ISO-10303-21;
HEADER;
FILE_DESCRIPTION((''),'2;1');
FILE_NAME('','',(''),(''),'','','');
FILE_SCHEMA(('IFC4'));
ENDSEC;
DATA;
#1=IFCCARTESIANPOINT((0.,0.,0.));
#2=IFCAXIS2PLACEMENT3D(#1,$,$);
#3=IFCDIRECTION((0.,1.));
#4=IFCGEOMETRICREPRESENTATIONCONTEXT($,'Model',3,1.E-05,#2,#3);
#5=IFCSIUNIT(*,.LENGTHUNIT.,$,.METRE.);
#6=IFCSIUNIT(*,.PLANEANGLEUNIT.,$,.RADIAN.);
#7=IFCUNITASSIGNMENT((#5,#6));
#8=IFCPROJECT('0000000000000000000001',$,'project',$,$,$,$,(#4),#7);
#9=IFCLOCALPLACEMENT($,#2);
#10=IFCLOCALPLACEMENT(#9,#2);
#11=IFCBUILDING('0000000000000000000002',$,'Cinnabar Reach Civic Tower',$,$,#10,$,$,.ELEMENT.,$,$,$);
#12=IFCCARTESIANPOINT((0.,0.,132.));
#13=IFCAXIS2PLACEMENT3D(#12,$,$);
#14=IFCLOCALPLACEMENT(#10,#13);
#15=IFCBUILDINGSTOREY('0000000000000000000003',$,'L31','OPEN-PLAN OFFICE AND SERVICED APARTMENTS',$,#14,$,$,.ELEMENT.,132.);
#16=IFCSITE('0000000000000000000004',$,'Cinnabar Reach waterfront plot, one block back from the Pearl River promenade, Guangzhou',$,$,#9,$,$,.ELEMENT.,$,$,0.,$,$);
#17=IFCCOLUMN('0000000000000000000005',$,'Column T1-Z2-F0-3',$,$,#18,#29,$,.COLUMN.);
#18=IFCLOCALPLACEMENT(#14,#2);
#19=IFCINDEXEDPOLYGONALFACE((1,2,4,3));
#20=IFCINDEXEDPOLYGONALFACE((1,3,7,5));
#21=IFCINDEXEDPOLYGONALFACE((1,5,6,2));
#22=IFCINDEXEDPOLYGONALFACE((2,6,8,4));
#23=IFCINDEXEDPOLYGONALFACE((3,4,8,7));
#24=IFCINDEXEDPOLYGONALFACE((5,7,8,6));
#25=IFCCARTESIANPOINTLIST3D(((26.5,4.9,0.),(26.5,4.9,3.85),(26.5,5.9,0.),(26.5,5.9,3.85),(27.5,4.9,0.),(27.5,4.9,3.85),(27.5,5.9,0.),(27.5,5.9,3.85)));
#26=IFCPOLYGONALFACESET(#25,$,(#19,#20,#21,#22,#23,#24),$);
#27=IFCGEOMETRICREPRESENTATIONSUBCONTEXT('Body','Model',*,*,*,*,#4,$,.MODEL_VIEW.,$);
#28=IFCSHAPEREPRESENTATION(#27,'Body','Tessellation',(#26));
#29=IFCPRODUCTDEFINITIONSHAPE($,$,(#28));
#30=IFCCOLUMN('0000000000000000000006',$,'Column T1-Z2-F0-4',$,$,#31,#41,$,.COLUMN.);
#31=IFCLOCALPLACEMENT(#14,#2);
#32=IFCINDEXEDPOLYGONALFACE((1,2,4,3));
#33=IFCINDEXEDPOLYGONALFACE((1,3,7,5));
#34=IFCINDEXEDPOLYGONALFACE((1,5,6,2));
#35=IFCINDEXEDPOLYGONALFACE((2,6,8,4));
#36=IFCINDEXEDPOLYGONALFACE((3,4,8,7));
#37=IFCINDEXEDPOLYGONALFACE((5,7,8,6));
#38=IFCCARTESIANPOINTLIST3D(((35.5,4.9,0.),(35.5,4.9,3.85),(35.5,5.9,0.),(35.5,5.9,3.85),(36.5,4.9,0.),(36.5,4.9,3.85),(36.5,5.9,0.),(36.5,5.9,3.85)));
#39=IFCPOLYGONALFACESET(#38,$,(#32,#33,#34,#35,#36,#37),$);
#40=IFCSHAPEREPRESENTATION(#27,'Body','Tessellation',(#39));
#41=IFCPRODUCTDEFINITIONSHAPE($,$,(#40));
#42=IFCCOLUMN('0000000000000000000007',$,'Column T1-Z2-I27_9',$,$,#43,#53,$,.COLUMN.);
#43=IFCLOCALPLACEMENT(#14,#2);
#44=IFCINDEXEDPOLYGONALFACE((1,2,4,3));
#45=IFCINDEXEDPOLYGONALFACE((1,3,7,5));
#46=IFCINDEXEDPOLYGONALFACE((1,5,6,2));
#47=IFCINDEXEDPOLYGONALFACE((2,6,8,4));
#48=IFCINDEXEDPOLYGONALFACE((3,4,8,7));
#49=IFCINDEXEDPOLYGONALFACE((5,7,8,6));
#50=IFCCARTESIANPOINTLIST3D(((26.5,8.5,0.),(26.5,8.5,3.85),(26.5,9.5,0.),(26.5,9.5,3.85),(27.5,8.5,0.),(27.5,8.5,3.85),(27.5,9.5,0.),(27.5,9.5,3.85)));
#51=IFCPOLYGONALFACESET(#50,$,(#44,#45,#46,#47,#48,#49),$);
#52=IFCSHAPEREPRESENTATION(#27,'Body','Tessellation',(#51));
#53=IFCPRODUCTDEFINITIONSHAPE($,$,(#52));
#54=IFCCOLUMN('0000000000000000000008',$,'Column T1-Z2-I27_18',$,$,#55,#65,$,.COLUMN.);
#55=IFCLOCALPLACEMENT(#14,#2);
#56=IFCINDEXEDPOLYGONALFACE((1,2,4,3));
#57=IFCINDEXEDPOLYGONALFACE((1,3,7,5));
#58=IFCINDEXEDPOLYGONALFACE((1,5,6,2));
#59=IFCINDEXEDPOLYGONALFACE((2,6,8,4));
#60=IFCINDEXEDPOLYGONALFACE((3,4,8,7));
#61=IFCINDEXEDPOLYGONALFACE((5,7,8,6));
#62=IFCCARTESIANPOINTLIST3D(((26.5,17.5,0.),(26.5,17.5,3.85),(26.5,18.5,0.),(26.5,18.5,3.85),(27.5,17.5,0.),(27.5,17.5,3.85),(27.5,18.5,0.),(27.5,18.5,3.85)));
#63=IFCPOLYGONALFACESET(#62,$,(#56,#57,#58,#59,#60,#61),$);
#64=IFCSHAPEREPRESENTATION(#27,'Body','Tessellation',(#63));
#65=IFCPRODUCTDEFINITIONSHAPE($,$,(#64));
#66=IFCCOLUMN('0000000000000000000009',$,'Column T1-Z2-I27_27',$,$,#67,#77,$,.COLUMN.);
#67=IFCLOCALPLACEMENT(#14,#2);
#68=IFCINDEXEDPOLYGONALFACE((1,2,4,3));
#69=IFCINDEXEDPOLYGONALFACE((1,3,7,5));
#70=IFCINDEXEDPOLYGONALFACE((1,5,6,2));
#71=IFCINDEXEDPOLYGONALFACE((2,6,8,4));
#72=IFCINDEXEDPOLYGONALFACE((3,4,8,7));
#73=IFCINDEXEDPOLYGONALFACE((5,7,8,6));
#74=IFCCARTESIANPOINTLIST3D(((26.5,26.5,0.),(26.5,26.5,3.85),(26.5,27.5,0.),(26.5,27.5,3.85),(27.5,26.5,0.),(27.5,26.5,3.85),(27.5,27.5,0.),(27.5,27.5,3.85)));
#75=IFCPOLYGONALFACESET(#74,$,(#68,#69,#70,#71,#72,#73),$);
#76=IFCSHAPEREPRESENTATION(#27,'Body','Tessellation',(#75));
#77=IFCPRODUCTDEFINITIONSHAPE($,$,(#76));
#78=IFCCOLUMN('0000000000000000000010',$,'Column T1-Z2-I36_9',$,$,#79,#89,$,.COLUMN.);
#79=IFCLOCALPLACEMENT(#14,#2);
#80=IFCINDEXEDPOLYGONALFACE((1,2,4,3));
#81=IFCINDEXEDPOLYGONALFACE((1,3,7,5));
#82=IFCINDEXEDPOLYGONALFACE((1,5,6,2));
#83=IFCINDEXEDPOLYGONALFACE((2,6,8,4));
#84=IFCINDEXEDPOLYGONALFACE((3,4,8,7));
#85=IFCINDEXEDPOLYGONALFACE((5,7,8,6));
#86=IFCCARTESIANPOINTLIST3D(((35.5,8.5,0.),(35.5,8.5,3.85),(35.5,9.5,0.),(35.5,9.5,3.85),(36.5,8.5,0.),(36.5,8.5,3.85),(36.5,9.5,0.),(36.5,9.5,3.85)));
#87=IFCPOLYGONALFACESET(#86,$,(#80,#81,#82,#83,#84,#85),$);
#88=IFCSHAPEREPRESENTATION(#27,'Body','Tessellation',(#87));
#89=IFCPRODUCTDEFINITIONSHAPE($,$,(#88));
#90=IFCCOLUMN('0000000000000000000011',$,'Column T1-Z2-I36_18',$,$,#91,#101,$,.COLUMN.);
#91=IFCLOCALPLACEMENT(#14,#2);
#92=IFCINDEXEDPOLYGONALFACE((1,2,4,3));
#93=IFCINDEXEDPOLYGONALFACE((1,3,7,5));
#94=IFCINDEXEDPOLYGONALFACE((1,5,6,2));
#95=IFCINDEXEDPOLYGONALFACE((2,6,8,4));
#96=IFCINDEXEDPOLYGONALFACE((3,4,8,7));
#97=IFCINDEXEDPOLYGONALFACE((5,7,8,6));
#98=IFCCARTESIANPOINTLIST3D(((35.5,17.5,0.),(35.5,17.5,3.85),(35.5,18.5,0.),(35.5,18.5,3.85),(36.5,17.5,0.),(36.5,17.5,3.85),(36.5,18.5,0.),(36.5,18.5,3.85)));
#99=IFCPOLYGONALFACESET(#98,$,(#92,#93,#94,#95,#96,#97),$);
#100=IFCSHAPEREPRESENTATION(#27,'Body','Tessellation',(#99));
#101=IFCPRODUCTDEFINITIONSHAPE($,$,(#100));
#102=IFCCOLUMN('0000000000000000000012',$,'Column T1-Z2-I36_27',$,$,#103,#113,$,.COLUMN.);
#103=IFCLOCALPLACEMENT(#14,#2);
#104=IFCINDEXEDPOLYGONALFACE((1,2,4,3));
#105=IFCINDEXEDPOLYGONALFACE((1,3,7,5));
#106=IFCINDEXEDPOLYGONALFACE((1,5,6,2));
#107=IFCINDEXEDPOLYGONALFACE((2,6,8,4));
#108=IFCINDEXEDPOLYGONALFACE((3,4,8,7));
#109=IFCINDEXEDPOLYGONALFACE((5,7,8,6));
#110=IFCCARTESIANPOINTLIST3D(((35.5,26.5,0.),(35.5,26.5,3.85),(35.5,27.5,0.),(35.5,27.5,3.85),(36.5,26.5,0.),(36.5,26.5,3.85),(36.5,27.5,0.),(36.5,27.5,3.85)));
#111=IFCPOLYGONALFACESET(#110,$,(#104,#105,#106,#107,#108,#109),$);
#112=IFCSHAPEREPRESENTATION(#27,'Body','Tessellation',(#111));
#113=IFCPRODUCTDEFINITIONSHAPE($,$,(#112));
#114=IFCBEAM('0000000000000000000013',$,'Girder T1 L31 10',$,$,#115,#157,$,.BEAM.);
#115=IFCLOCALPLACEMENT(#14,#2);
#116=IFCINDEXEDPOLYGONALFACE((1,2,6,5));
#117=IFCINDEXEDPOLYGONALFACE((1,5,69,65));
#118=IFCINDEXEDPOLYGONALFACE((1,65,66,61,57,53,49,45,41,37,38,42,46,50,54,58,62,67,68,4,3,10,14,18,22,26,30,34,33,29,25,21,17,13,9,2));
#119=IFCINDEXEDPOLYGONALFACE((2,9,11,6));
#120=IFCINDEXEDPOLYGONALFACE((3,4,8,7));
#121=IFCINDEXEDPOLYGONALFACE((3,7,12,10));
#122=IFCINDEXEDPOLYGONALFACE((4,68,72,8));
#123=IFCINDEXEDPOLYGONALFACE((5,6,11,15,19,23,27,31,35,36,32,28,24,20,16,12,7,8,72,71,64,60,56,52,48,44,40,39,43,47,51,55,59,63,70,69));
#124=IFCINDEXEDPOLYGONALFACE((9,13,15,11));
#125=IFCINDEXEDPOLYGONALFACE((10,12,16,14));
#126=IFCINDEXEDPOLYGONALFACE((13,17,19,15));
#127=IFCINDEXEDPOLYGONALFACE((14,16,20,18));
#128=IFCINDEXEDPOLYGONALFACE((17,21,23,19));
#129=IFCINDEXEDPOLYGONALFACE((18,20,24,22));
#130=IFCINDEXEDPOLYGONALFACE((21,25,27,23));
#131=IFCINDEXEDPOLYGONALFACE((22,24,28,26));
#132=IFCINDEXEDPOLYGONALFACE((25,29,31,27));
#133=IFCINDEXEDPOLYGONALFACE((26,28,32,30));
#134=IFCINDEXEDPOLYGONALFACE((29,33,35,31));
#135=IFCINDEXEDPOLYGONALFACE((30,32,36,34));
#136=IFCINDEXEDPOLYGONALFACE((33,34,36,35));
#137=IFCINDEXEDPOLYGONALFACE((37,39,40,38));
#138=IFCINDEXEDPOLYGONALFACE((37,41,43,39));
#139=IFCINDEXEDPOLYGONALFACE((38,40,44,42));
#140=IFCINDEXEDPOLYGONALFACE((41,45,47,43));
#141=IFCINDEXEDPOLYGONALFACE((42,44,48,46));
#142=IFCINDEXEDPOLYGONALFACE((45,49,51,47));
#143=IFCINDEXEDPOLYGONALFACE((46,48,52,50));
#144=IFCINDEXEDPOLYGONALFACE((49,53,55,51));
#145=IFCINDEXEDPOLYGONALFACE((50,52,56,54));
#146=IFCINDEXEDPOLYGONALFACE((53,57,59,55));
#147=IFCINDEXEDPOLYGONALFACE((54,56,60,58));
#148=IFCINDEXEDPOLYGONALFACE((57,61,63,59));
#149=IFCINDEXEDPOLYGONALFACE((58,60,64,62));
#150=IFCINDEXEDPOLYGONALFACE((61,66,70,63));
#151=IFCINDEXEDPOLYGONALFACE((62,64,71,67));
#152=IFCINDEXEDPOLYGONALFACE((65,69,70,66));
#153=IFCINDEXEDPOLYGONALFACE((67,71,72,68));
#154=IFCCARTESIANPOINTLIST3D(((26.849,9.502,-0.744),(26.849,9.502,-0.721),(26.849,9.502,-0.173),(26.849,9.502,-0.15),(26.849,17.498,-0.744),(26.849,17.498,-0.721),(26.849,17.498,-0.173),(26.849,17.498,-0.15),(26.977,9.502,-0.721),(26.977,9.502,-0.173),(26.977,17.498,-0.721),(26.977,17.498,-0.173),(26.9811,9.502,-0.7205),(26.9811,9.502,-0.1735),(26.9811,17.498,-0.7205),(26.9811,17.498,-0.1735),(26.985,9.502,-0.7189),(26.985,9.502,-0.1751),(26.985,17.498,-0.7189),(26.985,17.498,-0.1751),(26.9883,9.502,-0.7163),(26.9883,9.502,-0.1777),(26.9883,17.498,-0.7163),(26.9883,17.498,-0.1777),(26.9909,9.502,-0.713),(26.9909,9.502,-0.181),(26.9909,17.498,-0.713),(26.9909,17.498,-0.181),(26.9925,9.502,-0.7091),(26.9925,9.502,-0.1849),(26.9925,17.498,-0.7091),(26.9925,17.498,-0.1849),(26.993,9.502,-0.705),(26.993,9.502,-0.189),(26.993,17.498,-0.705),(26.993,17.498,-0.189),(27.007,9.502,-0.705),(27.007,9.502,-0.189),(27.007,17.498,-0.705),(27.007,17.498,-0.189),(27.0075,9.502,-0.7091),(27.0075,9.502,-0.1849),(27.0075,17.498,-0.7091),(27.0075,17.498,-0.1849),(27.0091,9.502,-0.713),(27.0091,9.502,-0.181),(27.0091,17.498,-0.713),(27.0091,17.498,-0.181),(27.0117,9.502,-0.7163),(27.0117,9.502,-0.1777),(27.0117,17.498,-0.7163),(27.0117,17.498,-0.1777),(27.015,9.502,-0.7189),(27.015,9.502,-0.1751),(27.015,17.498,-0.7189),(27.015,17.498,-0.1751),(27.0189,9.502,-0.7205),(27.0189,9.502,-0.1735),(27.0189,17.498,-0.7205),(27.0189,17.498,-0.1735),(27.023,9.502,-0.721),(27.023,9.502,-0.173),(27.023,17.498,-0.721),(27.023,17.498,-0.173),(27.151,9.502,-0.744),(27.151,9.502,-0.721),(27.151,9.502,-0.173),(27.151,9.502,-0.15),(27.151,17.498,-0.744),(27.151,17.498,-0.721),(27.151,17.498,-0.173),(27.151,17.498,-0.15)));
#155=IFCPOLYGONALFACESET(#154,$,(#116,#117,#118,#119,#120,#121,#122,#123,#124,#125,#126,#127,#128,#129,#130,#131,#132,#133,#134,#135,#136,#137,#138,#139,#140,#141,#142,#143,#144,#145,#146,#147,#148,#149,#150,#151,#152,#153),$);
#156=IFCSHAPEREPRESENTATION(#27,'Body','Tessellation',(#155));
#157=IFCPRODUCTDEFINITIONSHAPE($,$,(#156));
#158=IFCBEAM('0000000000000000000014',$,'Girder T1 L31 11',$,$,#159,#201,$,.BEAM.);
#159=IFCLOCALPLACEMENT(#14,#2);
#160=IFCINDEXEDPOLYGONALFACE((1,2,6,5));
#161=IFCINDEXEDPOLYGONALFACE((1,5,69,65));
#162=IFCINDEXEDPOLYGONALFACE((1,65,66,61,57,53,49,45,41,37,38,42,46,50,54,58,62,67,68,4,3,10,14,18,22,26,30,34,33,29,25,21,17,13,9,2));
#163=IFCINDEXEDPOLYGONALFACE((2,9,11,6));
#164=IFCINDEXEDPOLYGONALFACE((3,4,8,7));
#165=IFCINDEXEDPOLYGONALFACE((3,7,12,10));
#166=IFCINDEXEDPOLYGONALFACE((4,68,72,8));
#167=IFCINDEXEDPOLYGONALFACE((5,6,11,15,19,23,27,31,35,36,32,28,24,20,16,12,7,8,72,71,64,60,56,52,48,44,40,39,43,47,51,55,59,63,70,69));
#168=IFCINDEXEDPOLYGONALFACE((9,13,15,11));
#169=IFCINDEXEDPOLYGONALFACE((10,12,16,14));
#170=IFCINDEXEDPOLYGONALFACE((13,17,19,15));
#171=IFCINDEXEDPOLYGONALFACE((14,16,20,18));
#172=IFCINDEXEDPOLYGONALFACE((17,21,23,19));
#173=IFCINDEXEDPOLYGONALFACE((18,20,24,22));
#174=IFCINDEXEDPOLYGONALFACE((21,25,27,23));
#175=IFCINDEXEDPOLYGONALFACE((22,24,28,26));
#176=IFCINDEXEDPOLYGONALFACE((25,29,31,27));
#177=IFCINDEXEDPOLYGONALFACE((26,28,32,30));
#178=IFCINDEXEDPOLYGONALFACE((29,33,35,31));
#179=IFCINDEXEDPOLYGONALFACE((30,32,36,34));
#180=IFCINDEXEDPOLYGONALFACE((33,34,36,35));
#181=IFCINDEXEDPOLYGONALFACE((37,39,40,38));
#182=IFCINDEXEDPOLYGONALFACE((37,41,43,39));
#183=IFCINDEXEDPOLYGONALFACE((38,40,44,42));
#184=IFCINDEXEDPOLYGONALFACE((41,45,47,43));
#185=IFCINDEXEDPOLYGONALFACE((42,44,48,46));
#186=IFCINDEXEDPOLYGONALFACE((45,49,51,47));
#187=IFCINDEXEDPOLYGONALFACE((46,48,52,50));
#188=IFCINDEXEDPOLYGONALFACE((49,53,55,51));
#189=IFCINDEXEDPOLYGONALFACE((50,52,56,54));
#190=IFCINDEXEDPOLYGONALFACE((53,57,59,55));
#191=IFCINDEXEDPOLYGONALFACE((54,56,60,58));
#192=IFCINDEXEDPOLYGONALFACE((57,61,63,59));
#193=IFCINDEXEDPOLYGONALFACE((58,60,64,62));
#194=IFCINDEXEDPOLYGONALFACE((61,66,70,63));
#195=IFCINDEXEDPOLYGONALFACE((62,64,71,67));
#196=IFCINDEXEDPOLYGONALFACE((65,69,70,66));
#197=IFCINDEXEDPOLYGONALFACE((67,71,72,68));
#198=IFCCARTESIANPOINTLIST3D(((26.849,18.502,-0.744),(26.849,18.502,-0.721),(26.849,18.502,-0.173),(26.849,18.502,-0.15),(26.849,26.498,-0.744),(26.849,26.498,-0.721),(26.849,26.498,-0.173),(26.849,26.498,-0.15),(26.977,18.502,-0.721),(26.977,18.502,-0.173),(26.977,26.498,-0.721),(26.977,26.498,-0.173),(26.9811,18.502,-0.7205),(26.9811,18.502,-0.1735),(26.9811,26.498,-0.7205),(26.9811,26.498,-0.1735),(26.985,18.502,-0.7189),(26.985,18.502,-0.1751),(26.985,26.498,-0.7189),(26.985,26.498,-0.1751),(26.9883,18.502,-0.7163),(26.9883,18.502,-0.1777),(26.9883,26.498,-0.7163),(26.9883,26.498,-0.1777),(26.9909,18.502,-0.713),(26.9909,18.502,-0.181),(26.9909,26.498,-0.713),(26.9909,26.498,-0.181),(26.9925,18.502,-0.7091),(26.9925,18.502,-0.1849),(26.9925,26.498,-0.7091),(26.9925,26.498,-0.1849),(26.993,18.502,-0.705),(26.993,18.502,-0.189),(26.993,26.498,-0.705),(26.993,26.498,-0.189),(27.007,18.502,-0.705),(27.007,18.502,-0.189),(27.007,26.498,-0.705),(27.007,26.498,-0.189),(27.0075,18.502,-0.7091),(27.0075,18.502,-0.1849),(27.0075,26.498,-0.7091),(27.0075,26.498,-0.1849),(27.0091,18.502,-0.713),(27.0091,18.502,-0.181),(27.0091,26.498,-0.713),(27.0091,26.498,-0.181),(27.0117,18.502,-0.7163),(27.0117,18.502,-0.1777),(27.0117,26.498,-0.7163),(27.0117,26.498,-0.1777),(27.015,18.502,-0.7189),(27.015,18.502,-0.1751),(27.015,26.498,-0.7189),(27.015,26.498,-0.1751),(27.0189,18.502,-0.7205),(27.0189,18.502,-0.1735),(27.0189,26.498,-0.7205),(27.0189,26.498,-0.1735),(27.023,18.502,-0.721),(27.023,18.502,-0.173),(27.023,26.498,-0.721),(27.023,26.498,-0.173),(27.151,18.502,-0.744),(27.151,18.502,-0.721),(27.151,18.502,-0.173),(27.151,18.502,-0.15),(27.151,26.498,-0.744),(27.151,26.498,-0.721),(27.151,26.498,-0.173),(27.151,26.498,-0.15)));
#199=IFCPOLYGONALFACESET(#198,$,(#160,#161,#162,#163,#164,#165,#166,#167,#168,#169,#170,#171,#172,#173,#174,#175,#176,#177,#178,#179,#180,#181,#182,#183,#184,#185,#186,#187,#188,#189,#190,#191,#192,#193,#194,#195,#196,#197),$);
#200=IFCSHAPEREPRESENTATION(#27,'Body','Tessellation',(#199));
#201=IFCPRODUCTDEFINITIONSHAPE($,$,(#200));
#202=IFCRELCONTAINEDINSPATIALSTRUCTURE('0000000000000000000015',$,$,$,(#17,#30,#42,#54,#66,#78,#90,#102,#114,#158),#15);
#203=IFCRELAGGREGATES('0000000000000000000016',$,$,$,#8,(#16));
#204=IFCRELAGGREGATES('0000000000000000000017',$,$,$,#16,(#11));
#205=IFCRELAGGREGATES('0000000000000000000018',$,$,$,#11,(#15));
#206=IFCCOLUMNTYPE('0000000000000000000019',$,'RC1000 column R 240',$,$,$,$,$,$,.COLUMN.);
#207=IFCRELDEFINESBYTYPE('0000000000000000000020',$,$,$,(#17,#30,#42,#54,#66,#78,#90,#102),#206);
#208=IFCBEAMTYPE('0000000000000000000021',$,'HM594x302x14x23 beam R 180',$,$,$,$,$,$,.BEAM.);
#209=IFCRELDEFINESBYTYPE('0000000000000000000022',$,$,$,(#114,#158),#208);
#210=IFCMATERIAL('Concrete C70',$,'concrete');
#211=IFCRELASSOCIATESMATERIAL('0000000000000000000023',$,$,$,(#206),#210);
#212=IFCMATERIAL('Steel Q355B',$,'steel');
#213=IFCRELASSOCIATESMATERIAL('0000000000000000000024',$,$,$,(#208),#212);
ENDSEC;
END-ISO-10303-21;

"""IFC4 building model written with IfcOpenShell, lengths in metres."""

from ifc_helpers import new_model, si_unit, direction, frame, origin, origin_2d, place, context, subcontext, project, spatial, rectangle, i_section, extrude, material, material_profile, profile_set, type_object, element, save


model = new_model("IFC4")

# Units and contexts
model_context = context("Model", 3, precision=1e-05, world=origin(), true_north=direction((0.0, 1.0)))
body_context = subcontext(model_context, "Body", "Model", "MODEL_VIEW")
ifc_project = project(units=[si_unit("LENGTHUNIT", "METRE"), si_unit("PLANEANGLEUNIT", "RADIAN")], contexts=[model_context])

# Site, building, storey
site_placement = place(None, origin())
site = spatial("IfcSite", under=ifc_project, at=site_placement, Name="Cinnabar Reach waterfront plot, one block back from the Pearl River promenade, Guangzhou", CompositionType="ELEMENT", RefElevation=0.0)
building_placement = place(site_placement, origin())
building = spatial("IfcBuilding", under=site, at=building_placement, Name="Cinnabar Reach Civic Tower", CompositionType="ELEMENT")
storey_placement = place(building_placement, frame((0.0, 0.0, 132.0)))
storey = spatial("IfcBuildingStorey", under=building, at=storey_placement, Name="L31", Description="OPEN-PLAN OFFICE AND SERVICED APARTMENTS", CompositionType="ELEMENT", Elevation=132.0)

# Columns
ifc_material_1 = material(Name="Concrete C70", Category="concrete")
ifc_material_profile_1 = material_profile(ifc_material_1, rectangle(XDim=1.0, YDim=1.0, at=origin_2d()), Name="RC1000")
ifc_profile_set_1 = profile_set([ifc_material_profile_1], Name="Concrete C70")
column_type = type_object("IfcColumnType", Name="RC1000 column R 240", PredefinedType="COLUMN", material=ifc_profile_set_1)
for number, where, z_axis, x_axis, name in (
    (1, (27.0, 5.4, 0.0), (0.0, 0.0, 1.0), (1.0, 0.0, 0.0), "Column T1-Z2-F0-3"),
    (2, (36.0, 5.4, 0.0), (0.0, 0.0, 1.0), (1.0, 0.0, 0.0), "Column T1-Z2-F0-4"),
    (3, (27.0, 9.0, 0.0), (0.0, 0.0, 1.0), (1.0, 0.0, 0.0), "Column T1-Z2-I27_9"),
    (4, (27.0, 18.0, 0.0), (0.0, 0.0, 1.0), (1.0, 0.0, 0.0), "Column T1-Z2-I27_18"),
    (5, (27.0, 27.0, 0.0), (0.0, 0.0, 1.0), (1.0, 0.0, 0.0), "Column T1-Z2-I27_27"),
    (6, (36.0, 9.0, 0.0), (0.0, 0.0, 1.0), (1.0, 0.0, 0.0), "Column T1-Z2-I36_9"),
    (7, (36.0, 18.0, 0.0), (0.0, 0.0, 1.0), (1.0, 0.0, 0.0), "Column T1-Z2-I36_18"),
    (8, (36.0, 27.0, 0.0), (0.0, 0.0, 1.0), (1.0, 0.0, 0.0), "Column T1-Z2-I36_27"),
):
    element("IfcColumn", number, at=place(storey_placement, frame(where, z_axis=z_axis, x_axis=x_axis)), inside=storey, type_object=column_type, Name=name, PredefinedType="COLUMN", context=body_context, shape_type="SweptSolid", body=[
        extrude(rectangle(XDim=1.0, YDim=1.0, at=origin_2d()), origin(), (0.0, 0.0, 1.0), 3.85),
    ])

# Beams
ifc_material_2 = material(Name="Steel Q355B", Category="steel")
ifc_material_profile_2 = material_profile(ifc_material_2, i_section(OverallWidth=0.302, OverallDepth=0.594, WebThickness=0.014, FlangeThickness=0.023, FilletRadius=0.016, at=origin_2d()), Name="HM594x302x14x23")
ifc_profile_set_2 = profile_set([ifc_material_profile_2], Name="Steel Q355B")
beam_type_1 = type_object("IfcBeamType", Name="HM594x302x14x23 beam R 180", PredefinedType="BEAM", material=ifc_profile_set_2)
for number, where, z_axis, x_axis, name in (
    (9, (27.0, 9.502, -0.447), (0.0, 1.0, 0.0), (-1.0, 0.0, 0.0), "Girder T1 L31 10"),
    (10, (27.0, 18.502, -0.447), (0.0, 1.0, 0.0), (-1.0, 0.0, 0.0), "Girder T1 L31 11"),
):
    element("IfcBeam", number, at=place(storey_placement, frame(where, z_axis=z_axis, x_axis=x_axis)), inside=storey, type_object=beam_type_1, Name=name, PredefinedType="BEAM", context=body_context, shape_type="SweptSolid", body=[
        extrude(i_section(OverallWidth=0.302, OverallDepth=0.594, WebThickness=0.014, FlangeThickness=0.023, FilletRadius=0.016, at=origin_2d()), origin(), (0.0, 0.0, 1.0), 7.996),
    ])

save(model, "model.ifc")
